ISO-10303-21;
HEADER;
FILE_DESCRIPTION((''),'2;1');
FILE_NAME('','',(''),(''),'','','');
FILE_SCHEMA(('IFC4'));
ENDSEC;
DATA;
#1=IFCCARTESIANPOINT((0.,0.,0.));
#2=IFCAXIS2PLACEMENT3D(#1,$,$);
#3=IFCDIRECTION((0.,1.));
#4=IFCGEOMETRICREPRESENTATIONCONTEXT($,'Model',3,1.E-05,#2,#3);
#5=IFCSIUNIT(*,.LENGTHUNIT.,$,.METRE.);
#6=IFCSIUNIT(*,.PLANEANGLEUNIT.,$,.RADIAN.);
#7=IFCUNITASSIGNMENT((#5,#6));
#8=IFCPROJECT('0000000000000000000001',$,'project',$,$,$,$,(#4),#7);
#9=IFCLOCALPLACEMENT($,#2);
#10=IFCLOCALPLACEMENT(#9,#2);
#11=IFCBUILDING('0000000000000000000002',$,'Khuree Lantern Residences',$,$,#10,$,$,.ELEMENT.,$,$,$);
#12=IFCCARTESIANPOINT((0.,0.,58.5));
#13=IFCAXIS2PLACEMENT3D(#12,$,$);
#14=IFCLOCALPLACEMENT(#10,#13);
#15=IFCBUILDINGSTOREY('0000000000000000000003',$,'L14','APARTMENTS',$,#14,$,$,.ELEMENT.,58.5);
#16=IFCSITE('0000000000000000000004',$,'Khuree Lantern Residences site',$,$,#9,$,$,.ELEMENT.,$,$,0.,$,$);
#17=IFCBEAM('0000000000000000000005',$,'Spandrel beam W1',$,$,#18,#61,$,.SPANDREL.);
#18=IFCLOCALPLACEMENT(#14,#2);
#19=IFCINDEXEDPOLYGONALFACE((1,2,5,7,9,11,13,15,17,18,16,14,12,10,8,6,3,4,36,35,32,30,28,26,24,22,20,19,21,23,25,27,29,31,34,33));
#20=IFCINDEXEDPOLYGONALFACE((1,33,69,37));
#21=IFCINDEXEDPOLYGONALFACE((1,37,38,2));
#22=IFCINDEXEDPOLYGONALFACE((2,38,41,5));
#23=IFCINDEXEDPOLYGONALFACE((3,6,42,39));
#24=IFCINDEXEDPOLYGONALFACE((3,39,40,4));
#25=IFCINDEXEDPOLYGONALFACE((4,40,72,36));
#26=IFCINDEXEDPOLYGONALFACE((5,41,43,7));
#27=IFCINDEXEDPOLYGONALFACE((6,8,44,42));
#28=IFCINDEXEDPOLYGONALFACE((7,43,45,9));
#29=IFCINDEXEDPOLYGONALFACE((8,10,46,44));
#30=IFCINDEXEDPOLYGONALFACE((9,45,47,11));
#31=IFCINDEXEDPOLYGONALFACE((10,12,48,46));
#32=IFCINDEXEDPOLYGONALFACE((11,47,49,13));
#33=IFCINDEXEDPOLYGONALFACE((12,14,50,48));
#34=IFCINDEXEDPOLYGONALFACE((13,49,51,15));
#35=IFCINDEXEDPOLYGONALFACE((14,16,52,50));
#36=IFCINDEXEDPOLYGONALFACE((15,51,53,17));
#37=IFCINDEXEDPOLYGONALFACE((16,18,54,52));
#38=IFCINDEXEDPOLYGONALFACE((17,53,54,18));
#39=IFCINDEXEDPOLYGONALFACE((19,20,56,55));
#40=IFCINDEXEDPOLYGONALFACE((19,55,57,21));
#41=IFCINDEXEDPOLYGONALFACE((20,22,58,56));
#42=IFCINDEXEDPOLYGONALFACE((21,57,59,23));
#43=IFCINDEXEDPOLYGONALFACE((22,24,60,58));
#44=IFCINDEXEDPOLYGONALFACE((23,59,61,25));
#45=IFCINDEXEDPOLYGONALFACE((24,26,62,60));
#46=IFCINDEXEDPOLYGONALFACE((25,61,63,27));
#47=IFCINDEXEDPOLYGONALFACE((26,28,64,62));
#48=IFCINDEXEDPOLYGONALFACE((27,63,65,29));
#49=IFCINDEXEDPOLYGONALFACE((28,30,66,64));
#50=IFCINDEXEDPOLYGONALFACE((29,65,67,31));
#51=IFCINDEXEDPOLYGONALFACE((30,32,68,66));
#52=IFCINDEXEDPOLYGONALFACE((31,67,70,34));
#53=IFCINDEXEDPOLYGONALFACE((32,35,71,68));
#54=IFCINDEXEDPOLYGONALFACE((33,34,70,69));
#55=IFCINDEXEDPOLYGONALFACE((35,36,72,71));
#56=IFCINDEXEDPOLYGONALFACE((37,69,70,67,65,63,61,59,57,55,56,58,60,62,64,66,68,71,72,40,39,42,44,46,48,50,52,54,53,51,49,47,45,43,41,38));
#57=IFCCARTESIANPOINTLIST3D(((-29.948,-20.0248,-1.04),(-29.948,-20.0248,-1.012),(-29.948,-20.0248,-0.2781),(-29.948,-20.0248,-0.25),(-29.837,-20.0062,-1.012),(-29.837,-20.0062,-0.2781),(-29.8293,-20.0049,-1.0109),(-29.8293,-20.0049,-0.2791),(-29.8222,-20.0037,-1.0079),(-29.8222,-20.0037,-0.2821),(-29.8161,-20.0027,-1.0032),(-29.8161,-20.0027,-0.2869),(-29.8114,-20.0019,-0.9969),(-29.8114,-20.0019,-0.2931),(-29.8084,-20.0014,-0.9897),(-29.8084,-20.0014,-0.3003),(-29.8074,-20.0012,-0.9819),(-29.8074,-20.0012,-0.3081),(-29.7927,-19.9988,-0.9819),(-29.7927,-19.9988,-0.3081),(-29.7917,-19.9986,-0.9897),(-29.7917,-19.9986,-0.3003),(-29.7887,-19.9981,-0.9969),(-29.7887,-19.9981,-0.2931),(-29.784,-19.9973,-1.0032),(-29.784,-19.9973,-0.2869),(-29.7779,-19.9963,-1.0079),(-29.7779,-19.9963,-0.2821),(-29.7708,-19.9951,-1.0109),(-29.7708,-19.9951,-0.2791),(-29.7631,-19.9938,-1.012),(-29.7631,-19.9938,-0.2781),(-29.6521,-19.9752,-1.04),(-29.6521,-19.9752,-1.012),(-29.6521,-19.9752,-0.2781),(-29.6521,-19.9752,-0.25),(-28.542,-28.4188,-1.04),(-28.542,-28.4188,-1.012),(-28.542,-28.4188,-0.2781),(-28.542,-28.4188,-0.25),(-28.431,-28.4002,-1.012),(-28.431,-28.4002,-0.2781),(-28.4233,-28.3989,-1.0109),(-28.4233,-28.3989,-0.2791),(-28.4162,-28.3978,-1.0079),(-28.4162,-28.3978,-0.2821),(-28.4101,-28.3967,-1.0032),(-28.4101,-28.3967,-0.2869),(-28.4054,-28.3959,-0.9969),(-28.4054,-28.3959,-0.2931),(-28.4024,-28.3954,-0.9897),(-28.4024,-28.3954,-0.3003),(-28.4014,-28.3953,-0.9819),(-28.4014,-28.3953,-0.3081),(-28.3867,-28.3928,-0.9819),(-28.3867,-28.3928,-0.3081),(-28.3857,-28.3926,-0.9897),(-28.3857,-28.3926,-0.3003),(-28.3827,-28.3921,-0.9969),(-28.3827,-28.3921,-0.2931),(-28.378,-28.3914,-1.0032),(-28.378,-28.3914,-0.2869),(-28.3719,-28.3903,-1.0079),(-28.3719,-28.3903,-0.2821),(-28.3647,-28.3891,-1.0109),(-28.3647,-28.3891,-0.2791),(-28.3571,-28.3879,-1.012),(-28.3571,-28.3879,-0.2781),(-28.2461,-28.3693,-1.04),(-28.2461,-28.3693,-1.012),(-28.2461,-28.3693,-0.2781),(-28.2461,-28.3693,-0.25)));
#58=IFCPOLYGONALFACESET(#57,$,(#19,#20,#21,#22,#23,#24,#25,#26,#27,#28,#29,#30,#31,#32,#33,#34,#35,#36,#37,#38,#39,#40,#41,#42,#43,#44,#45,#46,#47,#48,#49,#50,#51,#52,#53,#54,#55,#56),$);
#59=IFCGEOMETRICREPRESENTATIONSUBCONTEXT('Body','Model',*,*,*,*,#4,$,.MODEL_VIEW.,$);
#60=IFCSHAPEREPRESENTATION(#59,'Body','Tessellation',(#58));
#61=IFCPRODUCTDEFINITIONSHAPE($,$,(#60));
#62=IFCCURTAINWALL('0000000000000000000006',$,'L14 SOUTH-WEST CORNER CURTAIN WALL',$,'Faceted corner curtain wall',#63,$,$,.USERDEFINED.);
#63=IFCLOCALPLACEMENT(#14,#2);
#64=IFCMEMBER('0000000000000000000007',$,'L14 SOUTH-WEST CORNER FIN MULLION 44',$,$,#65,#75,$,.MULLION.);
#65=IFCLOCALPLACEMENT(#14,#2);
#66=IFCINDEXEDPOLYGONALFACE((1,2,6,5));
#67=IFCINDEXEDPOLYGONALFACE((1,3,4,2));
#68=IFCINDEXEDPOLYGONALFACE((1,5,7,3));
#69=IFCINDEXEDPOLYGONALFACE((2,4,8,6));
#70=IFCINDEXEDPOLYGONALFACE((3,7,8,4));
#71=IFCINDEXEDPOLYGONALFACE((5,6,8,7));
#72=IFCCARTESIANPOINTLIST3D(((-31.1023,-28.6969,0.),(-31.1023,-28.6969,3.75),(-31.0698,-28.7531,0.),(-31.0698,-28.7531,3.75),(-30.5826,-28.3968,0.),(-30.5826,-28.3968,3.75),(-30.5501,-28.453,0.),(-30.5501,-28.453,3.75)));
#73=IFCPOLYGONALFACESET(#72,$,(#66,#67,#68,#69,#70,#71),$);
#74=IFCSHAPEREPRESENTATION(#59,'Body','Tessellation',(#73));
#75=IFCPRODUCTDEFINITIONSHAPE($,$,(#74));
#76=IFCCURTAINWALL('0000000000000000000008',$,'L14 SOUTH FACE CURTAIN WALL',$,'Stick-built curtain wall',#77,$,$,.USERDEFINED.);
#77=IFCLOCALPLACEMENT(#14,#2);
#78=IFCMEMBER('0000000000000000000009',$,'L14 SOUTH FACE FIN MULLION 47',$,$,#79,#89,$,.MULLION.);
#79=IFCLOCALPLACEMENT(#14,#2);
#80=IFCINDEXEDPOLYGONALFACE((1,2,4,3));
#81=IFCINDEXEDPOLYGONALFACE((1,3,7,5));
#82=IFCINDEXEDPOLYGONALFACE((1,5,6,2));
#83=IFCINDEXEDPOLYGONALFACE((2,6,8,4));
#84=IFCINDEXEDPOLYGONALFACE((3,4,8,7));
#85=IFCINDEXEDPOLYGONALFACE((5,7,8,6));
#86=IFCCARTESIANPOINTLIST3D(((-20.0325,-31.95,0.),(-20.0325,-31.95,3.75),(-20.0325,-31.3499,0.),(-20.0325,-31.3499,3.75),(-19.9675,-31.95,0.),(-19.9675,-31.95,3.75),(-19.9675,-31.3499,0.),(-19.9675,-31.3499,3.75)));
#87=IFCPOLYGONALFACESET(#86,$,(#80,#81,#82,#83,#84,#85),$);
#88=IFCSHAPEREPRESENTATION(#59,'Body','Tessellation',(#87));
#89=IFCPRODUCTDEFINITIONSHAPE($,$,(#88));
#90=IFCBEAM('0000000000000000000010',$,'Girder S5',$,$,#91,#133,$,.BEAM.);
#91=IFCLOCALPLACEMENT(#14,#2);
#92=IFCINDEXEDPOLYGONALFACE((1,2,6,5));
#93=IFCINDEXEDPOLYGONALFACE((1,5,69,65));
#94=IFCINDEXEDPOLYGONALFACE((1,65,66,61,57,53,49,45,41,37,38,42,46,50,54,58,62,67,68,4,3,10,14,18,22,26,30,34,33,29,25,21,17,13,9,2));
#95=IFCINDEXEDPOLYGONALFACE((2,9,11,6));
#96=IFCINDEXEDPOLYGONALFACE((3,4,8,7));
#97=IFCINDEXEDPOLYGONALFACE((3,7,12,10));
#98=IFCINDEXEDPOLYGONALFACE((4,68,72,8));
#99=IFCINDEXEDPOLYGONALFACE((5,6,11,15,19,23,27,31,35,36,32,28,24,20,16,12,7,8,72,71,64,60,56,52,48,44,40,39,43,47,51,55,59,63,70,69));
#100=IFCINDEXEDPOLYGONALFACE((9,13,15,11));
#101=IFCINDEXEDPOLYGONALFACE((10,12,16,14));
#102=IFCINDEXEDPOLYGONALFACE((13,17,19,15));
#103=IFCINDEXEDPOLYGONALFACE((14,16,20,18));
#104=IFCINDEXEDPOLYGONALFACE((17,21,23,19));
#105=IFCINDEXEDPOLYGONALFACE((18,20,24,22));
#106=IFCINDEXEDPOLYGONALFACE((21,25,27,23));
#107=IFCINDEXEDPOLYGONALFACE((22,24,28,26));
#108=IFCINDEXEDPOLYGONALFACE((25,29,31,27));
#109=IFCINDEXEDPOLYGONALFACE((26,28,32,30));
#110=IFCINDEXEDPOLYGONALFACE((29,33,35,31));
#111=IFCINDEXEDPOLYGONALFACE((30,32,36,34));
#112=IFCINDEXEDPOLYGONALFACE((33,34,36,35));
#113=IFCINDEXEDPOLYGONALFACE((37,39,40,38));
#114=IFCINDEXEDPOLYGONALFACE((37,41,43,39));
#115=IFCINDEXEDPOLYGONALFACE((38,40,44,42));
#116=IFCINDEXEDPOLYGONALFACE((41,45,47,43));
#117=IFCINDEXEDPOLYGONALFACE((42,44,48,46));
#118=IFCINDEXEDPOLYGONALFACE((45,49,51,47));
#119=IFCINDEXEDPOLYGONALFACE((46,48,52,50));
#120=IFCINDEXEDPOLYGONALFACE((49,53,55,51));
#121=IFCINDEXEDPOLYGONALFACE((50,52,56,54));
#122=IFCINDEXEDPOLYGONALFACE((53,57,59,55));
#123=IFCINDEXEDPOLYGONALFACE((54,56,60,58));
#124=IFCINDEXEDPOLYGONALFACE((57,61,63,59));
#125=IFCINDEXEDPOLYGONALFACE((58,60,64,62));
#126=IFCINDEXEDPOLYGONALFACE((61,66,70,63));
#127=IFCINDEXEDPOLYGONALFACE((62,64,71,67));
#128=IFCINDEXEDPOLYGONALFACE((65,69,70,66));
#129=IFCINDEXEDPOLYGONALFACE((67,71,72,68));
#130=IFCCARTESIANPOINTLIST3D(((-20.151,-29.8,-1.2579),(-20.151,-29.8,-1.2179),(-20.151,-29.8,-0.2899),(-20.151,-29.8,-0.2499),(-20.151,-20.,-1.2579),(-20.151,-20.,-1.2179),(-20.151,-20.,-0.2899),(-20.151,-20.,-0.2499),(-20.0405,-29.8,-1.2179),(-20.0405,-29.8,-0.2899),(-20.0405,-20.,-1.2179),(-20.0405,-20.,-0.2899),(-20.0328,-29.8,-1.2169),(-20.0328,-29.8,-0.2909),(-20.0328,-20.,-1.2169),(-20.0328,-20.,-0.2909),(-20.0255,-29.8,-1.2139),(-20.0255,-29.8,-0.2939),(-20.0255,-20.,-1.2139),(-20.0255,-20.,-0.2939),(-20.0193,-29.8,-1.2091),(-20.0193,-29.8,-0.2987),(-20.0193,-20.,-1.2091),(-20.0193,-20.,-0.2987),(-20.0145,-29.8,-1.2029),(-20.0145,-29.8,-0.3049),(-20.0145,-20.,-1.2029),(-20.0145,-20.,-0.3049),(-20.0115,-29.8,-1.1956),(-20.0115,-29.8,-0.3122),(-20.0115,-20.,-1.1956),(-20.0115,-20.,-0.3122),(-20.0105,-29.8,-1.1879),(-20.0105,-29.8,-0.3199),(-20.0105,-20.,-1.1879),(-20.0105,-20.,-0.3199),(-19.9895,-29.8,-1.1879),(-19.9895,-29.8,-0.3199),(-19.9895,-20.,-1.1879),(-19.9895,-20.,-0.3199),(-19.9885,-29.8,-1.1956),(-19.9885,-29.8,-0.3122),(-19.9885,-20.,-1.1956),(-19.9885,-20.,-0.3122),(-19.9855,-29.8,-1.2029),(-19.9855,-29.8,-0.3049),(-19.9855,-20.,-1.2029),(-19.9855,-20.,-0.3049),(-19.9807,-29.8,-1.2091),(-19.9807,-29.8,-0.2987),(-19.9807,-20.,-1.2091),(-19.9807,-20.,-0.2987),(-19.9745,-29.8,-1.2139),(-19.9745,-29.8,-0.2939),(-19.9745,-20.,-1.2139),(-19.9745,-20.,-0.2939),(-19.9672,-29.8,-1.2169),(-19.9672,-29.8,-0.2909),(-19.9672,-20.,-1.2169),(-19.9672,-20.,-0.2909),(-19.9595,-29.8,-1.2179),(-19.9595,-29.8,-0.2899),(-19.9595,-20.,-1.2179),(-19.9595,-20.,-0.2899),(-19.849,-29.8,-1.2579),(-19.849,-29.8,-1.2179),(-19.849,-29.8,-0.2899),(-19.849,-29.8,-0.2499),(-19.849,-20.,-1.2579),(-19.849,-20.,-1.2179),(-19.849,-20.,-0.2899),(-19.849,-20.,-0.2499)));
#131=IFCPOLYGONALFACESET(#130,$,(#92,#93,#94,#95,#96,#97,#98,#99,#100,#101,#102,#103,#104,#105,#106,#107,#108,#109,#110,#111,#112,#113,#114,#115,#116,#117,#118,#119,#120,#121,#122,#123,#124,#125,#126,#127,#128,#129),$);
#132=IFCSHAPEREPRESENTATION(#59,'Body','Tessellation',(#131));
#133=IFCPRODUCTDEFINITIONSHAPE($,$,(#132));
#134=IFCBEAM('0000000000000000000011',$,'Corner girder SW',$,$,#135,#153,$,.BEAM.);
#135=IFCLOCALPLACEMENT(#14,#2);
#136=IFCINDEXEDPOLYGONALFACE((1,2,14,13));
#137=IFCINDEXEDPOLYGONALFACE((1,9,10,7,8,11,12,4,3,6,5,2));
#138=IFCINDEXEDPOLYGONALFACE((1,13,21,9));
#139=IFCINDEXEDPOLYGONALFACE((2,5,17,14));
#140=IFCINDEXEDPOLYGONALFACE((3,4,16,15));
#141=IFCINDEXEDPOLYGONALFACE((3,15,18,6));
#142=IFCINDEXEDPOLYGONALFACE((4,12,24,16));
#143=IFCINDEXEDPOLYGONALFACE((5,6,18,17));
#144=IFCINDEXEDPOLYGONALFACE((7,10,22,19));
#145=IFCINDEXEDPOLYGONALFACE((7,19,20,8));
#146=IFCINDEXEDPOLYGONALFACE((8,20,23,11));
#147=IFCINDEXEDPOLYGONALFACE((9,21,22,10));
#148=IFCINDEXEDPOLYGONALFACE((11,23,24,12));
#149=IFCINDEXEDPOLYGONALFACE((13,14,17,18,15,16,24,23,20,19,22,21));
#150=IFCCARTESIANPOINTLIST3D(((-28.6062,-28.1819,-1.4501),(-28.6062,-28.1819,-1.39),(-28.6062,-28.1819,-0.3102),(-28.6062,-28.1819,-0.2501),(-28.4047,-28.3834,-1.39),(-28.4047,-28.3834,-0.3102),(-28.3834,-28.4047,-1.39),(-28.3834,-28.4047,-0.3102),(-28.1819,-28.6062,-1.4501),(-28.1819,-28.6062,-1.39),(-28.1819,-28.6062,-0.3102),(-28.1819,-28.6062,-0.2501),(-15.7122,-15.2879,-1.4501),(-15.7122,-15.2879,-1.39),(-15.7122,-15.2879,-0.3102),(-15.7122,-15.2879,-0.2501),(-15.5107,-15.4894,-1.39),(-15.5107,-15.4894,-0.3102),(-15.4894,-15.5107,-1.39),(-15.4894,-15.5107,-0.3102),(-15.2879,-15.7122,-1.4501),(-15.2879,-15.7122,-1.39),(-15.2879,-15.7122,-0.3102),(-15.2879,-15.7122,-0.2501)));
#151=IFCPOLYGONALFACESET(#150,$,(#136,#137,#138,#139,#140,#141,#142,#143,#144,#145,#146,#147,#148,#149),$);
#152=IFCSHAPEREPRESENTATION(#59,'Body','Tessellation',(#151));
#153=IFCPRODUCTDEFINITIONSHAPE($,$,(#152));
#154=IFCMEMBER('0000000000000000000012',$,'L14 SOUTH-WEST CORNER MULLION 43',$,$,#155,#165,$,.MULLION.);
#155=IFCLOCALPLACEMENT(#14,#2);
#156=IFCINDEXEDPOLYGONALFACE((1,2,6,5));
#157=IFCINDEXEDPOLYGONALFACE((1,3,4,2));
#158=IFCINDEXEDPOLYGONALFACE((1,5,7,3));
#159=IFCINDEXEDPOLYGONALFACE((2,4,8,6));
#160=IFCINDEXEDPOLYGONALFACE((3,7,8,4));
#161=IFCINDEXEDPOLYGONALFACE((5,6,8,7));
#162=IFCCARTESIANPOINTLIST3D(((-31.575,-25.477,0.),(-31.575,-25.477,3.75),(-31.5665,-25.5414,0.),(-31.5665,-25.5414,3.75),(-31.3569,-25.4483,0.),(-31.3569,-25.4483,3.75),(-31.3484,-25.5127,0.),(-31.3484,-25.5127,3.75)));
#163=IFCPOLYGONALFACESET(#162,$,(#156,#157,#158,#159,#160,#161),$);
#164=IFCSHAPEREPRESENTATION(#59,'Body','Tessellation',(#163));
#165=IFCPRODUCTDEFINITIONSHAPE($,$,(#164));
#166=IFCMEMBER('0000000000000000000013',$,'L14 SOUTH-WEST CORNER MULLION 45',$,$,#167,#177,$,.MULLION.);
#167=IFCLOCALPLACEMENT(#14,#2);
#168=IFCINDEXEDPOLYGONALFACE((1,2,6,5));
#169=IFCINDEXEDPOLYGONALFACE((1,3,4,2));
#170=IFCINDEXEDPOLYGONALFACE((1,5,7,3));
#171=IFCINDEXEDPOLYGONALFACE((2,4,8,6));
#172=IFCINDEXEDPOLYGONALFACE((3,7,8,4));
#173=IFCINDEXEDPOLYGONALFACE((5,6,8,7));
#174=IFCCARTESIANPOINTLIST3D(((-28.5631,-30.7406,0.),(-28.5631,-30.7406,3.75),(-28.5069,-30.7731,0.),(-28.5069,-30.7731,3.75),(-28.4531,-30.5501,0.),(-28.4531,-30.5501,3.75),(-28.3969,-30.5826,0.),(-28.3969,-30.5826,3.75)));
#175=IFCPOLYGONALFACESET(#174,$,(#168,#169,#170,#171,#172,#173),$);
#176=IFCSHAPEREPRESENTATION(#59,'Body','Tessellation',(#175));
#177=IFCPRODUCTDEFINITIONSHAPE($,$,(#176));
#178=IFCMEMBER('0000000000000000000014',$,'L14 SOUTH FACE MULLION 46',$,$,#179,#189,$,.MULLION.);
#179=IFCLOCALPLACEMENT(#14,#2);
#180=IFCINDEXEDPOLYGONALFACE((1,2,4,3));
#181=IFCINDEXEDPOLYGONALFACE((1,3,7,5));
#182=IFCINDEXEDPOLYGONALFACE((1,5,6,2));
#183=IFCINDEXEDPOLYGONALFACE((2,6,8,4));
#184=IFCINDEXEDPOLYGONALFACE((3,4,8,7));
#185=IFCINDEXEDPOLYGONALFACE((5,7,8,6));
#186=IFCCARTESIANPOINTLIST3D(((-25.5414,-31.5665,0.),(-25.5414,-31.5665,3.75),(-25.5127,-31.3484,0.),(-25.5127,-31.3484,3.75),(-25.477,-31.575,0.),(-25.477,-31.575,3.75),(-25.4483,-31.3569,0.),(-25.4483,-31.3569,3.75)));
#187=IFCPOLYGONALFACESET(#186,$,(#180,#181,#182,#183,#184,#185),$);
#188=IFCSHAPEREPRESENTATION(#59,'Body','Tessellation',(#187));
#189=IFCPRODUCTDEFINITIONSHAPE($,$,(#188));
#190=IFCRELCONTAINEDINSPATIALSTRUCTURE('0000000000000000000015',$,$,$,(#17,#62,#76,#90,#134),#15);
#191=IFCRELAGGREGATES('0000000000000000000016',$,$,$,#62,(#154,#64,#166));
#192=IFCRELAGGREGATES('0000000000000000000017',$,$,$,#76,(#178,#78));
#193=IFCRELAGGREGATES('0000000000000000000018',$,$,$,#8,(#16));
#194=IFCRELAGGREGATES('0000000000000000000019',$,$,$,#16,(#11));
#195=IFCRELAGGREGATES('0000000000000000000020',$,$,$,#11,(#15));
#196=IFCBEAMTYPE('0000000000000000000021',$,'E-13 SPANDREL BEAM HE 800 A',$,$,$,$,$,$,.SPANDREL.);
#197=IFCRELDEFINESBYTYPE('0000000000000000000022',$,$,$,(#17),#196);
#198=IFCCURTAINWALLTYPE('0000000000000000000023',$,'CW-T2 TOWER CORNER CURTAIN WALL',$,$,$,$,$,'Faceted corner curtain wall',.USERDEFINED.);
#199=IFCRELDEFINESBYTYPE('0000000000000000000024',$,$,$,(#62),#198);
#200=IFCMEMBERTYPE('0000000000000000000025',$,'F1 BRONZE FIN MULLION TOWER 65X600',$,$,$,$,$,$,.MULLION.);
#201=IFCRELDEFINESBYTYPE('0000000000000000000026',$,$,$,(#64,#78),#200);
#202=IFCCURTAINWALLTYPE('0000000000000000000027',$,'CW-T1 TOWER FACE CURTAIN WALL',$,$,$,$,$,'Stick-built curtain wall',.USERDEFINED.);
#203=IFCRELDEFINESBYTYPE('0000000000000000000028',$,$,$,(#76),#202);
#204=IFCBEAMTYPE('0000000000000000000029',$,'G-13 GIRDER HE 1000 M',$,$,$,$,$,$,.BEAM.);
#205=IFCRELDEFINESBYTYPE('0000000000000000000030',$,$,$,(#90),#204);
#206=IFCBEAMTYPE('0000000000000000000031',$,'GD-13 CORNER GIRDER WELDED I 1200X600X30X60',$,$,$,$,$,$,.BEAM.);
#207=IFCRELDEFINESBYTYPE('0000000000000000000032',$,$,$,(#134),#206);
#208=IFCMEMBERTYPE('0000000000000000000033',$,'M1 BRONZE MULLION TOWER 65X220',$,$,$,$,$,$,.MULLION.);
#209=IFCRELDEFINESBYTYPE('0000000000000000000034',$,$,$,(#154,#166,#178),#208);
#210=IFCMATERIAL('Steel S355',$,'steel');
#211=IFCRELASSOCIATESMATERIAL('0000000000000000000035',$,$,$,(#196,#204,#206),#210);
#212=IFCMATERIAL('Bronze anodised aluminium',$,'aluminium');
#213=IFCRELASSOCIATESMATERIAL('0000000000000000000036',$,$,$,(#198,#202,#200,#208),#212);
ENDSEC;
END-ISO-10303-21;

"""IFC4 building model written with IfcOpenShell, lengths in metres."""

from ifc_helpers import new_model, si_unit, direction, frame, origin, origin_2d, place, context, subcontext, project, spatial, rectangle, i_section, extrude, material, material_profile, profile_set, type_object, element, aggregate, save


model = new_model("IFC4")

# Units and contexts
model_context = context("Model", 3, precision=1e-05, world=origin(), true_north=direction((0.0, 1.0)))
body_context = subcontext(model_context, "Body", "Model", "MODEL_VIEW")
ifc_project = project(units=[si_unit("LENGTHUNIT", "METRE"), si_unit("PLANEANGLEUNIT", "RADIAN")], contexts=[model_context])

# Site, building, storey
site_placement = place(None, origin())
site = spatial("IfcSite", under=ifc_project, at=site_placement, Name="Khuree Lantern Residences site", CompositionType="ELEMENT", RefElevation=0.0)
building_placement = place(site_placement, origin())
building = spatial("IfcBuilding", under=site, at=building_placement, Name="Khuree Lantern Residences", CompositionType="ELEMENT")
storey_placement = place(building_placement, frame((0.0, 0.0, 58.5)))
storey = spatial("IfcBuildingStorey", under=building, at=storey_placement, Name="L14", Description="APARTMENTS", CompositionType="ELEMENT", Elevation=58.5)

# Beam
ifc_material_1 = material(Name="Steel S355", Category="steel")
ifc_material_profile_1 = material_profile(ifc_material_1, i_section(OverallWidth=0.3, OverallDepth=0.79, WebThickness=0.0149, FlangeThickness=0.0281, FilletRadius=0.03, at=origin_2d()), Name="HE 800 A")
ifc_profile_set_1 = profile_set([ifc_material_profile_1], Name="Steel S355")
beam_type_1 = type_object("IfcBeamType", Name="E-13 SPANDREL BEAM HE 800 A", PredefinedType="SPANDREL", material=ifc_profile_set_1)
for number, where, z_axis, x_axis, name in (
    (1, (-28.394, -28.394, -0.645), (-0.165199, 0.98626, 0.0), (-0.98626, -0.165199, 0.0), "Spandrel beam W1"),
):
    element("IfcBeam", number, at=place(storey_placement, frame(where, z_axis=z_axis, x_axis=x_axis)), inside=storey, type_object=beam_type_1, Name=name, PredefinedType="SPANDREL", context=body_context, shape_type="SweptSolid", body=[
        extrude(i_section(OverallWidth=0.3, OverallDepth=0.79, WebThickness=0.0149, FlangeThickness=0.0281, FilletRadius=0.03, at=origin_2d()), origin(), (0.0, 0.0, 1.0), 8.511),
    ])

# Curtain walls, members
ifc_material_2 = material(Name="Bronze anodised aluminium", Category="aluminium")
curtain_wall_type_1 = type_object("IfcCurtainWallType", Name="CW-T2 TOWER CORNER CURTAIN WALL", ElementType="Faceted corner curtain wall", PredefinedType="USERDEFINED", material=ifc_material_2)
curtain_wall_1_placement = place(storey_placement, origin())
curtain_wall_1 = element("IfcCurtainWall", 2, at=curtain_wall_1_placement, inside=storey, type_object=curtain_wall_type_1, Name="L14 SOUTH-WEST CORNER CURTAIN WALL", ObjectType="Faceted corner curtain wall", PredefinedType="USERDEFINED")
ifc_material_profile_2 = material_profile(ifc_material_2, rectangle(XDim=0.0649, YDim=0.6001, at=origin_2d()), Name="F1 65X600")
ifc_profile_set_2 = profile_set([ifc_material_profile_2], Name="Bronze anodised aluminium")
member_type_1 = type_object("IfcMemberType", Name="F1 BRONZE FIN MULLION TOWER 65X600", PredefinedType="MULLION", material=ifc_profile_set_2)
member_1_placement = place(storey_placement, frame((-30.8262, -28.575, 0.0), z_axis=(0.0, 0.0, 1.0), x_axis=(0.5, -0.866025, 0.0)))
member_1 = element("IfcMember", 3, at=member_1_placement, type_object=member_type_1, Name="L14 SOUTH-WEST CORNER FIN MULLION 44", PredefinedType="MULLION", context=body_context, shape_type="SweptSolid", body=[
    extrude(rectangle(XDim=0.0649, YDim=0.6001, at=origin_2d()), origin(), (0.0, 0.0, 1.0), 3.75),
])
curtain_wall_type_2 = type_object("IfcCurtainWallType", Name="CW-T1 TOWER FACE CURTAIN WALL", ElementType="Stick-built curtain wall", PredefinedType="USERDEFINED", material=ifc_material_2)
curtain_wall_2_placement = place(storey_placement, origin())
curtain_wall_2 = element("IfcCurtainWall", 4, at=curtain_wall_2_placement, inside=storey, type_object=curtain_wall_type_2, Name="L14 SOUTH FACE CURTAIN WALL", ObjectType="Stick-built curtain wall", PredefinedType="USERDEFINED")
member_2_placement = place(storey_placement, frame((-20.0, -31.6499, 0.0), z_axis=(0.0, 0.0, 1.0), x_axis=(1.0, 0.0, 0.0)))
member_2 = element("IfcMember", 5, at=member_2_placement, type_object=member_type_1, Name="L14 SOUTH FACE FIN MULLION 47", PredefinedType="MULLION", context=body_context, shape_type="SweptSolid", body=[
    extrude(rectangle(XDim=0.0649, YDim=0.6001, at=origin_2d()), origin(), (0.0, 0.0, 1.0), 3.75),
])

# Beams
ifc_material_profile_3 = material_profile(ifc_material_1, i_section(OverallWidth=0.302, OverallDepth=1.0081, WebThickness=0.021, FlangeThickness=0.04, FilletRadius=0.03, at=origin_2d()), Name="HE 1000 M")
ifc_profile_set_3 = profile_set([ifc_material_profile_3], Name="Steel S355")
beam_type_2 = type_object("IfcBeamType", Name="G-13 GIRDER HE 1000 M", PredefinedType="BEAM", material=ifc_profile_set_3)
beam_1_placement = place(storey_placement, frame((-20.0, -29.8, -0.7539), z_axis=(0.0, 1.0, 0.0), x_axis=(-1.0, 0.0, 0.0)))
element("IfcBeam", 6, at=beam_1_placement, inside=storey, type_object=beam_type_2, Name="Girder S5", PredefinedType="BEAM", context=body_context, shape_type="SweptSolid", body=[
    extrude(i_section(OverallWidth=0.302, OverallDepth=1.0081, WebThickness=0.021, FlangeThickness=0.04, FilletRadius=0.03, at=origin_2d()), origin(), (0.0, 0.0, 1.0), 9.8),
])
ifc_material_profile_4 = material_profile(ifc_material_1, i_section(OverallWidth=0.6001, OverallDepth=1.2, WebThickness=0.03, FlangeThickness=0.0601, at=origin_2d()), Name="WELDED I 1200X600X30X60")
ifc_profile_set_4 = profile_set([ifc_material_profile_4], Name="Steel S355")
beam_type_3 = type_object("IfcBeamType", Name="GD-13 CORNER GIRDER WELDED I 1200X600X30X60", PredefinedType="BEAM", material=ifc_profile_set_4)
beam_2_placement = place(storey_placement, frame((-28.394, -28.394, -0.8501), z_axis=(0.707107, 0.707107, 0.0), x_axis=(-0.707107, 0.707107, 0.0)))
element("IfcBeam", 7, at=beam_2_placement, inside=storey, type_object=beam_type_3, Name="Corner girder SW", PredefinedType="BEAM", context=body_context, shape_type="SweptSolid", body=[
    extrude(i_section(OverallWidth=0.6001, OverallDepth=1.2, WebThickness=0.03, FlangeThickness=0.0601, at=origin_2d()), origin(), (0.0, 0.0, 1.0), 18.2349),
])

# Members
ifc_material_profile_5 = material_profile(ifc_material_2, rectangle(XDim=0.0649, YDim=0.22, at=origin_2d()), Name="M1 65X220")
ifc_profile_set_5 = profile_set([ifc_material_profile_5], Name="Bronze anodised aluminium")
member_type_2 = type_object("IfcMemberType", Name="M1 BRONZE MULLION TOWER 65X220", PredefinedType="MULLION", material=ifc_profile_set_5)
member_3_placement = place(storey_placement, frame((-31.4617, -25.4949, 0.0), z_axis=(0.0, 0.0, 1.0), x_axis=(0.130526, -0.991445, 0.0)))
member_3 = element("IfcMember", 8, at=member_3_placement, type_object=member_type_2, Name="L14 SOUTH-WEST CORNER MULLION 43", PredefinedType="MULLION", context=body_context, shape_type="SweptSolid", body=[
    extrude(rectangle(XDim=0.0649, YDim=0.22, at=origin_2d()), origin(), (0.0, 0.0, 1.0), 3.75),
])
member_4_placement = place(storey_placement, frame((-28.48, -30.6616, 0.0), z_axis=(0.0, 0.0, 1.0), x_axis=(0.866025, -0.5, 0.0)))
member_4 = element("IfcMember", 9, at=member_4_placement, type_object=member_type_2, Name="L14 SOUTH-WEST CORNER MULLION 45", PredefinedType="MULLION", context=body_context, shape_type="SweptSolid", body=[
    extrude(rectangle(XDim=0.0649, YDim=0.22, at=origin_2d()), origin(), (0.0, 0.0, 1.0), 3.75),
])
member_5_placement = place(storey_placement, frame((-25.4949, -31.4617, 0.0), z_axis=(0.0, 0.0, 1.0), x_axis=(0.991445, -0.130526, 0.0)))
member_5 = element("IfcMember", 10, at=member_5_placement, type_object=member_type_2, Name="L14 SOUTH FACE MULLION 46", PredefinedType="MULLION", context=body_context, shape_type="SweptSolid", body=[
    extrude(rectangle(XDim=0.0649, YDim=0.22, at=origin_2d()), origin(), (0.0, 0.0, 1.0), 3.75),
])

aggregate(curtain_wall_1, [member_3, member_1, member_4])
aggregate(curtain_wall_2, [member_5, member_2])

save(model, "model.ifc")
